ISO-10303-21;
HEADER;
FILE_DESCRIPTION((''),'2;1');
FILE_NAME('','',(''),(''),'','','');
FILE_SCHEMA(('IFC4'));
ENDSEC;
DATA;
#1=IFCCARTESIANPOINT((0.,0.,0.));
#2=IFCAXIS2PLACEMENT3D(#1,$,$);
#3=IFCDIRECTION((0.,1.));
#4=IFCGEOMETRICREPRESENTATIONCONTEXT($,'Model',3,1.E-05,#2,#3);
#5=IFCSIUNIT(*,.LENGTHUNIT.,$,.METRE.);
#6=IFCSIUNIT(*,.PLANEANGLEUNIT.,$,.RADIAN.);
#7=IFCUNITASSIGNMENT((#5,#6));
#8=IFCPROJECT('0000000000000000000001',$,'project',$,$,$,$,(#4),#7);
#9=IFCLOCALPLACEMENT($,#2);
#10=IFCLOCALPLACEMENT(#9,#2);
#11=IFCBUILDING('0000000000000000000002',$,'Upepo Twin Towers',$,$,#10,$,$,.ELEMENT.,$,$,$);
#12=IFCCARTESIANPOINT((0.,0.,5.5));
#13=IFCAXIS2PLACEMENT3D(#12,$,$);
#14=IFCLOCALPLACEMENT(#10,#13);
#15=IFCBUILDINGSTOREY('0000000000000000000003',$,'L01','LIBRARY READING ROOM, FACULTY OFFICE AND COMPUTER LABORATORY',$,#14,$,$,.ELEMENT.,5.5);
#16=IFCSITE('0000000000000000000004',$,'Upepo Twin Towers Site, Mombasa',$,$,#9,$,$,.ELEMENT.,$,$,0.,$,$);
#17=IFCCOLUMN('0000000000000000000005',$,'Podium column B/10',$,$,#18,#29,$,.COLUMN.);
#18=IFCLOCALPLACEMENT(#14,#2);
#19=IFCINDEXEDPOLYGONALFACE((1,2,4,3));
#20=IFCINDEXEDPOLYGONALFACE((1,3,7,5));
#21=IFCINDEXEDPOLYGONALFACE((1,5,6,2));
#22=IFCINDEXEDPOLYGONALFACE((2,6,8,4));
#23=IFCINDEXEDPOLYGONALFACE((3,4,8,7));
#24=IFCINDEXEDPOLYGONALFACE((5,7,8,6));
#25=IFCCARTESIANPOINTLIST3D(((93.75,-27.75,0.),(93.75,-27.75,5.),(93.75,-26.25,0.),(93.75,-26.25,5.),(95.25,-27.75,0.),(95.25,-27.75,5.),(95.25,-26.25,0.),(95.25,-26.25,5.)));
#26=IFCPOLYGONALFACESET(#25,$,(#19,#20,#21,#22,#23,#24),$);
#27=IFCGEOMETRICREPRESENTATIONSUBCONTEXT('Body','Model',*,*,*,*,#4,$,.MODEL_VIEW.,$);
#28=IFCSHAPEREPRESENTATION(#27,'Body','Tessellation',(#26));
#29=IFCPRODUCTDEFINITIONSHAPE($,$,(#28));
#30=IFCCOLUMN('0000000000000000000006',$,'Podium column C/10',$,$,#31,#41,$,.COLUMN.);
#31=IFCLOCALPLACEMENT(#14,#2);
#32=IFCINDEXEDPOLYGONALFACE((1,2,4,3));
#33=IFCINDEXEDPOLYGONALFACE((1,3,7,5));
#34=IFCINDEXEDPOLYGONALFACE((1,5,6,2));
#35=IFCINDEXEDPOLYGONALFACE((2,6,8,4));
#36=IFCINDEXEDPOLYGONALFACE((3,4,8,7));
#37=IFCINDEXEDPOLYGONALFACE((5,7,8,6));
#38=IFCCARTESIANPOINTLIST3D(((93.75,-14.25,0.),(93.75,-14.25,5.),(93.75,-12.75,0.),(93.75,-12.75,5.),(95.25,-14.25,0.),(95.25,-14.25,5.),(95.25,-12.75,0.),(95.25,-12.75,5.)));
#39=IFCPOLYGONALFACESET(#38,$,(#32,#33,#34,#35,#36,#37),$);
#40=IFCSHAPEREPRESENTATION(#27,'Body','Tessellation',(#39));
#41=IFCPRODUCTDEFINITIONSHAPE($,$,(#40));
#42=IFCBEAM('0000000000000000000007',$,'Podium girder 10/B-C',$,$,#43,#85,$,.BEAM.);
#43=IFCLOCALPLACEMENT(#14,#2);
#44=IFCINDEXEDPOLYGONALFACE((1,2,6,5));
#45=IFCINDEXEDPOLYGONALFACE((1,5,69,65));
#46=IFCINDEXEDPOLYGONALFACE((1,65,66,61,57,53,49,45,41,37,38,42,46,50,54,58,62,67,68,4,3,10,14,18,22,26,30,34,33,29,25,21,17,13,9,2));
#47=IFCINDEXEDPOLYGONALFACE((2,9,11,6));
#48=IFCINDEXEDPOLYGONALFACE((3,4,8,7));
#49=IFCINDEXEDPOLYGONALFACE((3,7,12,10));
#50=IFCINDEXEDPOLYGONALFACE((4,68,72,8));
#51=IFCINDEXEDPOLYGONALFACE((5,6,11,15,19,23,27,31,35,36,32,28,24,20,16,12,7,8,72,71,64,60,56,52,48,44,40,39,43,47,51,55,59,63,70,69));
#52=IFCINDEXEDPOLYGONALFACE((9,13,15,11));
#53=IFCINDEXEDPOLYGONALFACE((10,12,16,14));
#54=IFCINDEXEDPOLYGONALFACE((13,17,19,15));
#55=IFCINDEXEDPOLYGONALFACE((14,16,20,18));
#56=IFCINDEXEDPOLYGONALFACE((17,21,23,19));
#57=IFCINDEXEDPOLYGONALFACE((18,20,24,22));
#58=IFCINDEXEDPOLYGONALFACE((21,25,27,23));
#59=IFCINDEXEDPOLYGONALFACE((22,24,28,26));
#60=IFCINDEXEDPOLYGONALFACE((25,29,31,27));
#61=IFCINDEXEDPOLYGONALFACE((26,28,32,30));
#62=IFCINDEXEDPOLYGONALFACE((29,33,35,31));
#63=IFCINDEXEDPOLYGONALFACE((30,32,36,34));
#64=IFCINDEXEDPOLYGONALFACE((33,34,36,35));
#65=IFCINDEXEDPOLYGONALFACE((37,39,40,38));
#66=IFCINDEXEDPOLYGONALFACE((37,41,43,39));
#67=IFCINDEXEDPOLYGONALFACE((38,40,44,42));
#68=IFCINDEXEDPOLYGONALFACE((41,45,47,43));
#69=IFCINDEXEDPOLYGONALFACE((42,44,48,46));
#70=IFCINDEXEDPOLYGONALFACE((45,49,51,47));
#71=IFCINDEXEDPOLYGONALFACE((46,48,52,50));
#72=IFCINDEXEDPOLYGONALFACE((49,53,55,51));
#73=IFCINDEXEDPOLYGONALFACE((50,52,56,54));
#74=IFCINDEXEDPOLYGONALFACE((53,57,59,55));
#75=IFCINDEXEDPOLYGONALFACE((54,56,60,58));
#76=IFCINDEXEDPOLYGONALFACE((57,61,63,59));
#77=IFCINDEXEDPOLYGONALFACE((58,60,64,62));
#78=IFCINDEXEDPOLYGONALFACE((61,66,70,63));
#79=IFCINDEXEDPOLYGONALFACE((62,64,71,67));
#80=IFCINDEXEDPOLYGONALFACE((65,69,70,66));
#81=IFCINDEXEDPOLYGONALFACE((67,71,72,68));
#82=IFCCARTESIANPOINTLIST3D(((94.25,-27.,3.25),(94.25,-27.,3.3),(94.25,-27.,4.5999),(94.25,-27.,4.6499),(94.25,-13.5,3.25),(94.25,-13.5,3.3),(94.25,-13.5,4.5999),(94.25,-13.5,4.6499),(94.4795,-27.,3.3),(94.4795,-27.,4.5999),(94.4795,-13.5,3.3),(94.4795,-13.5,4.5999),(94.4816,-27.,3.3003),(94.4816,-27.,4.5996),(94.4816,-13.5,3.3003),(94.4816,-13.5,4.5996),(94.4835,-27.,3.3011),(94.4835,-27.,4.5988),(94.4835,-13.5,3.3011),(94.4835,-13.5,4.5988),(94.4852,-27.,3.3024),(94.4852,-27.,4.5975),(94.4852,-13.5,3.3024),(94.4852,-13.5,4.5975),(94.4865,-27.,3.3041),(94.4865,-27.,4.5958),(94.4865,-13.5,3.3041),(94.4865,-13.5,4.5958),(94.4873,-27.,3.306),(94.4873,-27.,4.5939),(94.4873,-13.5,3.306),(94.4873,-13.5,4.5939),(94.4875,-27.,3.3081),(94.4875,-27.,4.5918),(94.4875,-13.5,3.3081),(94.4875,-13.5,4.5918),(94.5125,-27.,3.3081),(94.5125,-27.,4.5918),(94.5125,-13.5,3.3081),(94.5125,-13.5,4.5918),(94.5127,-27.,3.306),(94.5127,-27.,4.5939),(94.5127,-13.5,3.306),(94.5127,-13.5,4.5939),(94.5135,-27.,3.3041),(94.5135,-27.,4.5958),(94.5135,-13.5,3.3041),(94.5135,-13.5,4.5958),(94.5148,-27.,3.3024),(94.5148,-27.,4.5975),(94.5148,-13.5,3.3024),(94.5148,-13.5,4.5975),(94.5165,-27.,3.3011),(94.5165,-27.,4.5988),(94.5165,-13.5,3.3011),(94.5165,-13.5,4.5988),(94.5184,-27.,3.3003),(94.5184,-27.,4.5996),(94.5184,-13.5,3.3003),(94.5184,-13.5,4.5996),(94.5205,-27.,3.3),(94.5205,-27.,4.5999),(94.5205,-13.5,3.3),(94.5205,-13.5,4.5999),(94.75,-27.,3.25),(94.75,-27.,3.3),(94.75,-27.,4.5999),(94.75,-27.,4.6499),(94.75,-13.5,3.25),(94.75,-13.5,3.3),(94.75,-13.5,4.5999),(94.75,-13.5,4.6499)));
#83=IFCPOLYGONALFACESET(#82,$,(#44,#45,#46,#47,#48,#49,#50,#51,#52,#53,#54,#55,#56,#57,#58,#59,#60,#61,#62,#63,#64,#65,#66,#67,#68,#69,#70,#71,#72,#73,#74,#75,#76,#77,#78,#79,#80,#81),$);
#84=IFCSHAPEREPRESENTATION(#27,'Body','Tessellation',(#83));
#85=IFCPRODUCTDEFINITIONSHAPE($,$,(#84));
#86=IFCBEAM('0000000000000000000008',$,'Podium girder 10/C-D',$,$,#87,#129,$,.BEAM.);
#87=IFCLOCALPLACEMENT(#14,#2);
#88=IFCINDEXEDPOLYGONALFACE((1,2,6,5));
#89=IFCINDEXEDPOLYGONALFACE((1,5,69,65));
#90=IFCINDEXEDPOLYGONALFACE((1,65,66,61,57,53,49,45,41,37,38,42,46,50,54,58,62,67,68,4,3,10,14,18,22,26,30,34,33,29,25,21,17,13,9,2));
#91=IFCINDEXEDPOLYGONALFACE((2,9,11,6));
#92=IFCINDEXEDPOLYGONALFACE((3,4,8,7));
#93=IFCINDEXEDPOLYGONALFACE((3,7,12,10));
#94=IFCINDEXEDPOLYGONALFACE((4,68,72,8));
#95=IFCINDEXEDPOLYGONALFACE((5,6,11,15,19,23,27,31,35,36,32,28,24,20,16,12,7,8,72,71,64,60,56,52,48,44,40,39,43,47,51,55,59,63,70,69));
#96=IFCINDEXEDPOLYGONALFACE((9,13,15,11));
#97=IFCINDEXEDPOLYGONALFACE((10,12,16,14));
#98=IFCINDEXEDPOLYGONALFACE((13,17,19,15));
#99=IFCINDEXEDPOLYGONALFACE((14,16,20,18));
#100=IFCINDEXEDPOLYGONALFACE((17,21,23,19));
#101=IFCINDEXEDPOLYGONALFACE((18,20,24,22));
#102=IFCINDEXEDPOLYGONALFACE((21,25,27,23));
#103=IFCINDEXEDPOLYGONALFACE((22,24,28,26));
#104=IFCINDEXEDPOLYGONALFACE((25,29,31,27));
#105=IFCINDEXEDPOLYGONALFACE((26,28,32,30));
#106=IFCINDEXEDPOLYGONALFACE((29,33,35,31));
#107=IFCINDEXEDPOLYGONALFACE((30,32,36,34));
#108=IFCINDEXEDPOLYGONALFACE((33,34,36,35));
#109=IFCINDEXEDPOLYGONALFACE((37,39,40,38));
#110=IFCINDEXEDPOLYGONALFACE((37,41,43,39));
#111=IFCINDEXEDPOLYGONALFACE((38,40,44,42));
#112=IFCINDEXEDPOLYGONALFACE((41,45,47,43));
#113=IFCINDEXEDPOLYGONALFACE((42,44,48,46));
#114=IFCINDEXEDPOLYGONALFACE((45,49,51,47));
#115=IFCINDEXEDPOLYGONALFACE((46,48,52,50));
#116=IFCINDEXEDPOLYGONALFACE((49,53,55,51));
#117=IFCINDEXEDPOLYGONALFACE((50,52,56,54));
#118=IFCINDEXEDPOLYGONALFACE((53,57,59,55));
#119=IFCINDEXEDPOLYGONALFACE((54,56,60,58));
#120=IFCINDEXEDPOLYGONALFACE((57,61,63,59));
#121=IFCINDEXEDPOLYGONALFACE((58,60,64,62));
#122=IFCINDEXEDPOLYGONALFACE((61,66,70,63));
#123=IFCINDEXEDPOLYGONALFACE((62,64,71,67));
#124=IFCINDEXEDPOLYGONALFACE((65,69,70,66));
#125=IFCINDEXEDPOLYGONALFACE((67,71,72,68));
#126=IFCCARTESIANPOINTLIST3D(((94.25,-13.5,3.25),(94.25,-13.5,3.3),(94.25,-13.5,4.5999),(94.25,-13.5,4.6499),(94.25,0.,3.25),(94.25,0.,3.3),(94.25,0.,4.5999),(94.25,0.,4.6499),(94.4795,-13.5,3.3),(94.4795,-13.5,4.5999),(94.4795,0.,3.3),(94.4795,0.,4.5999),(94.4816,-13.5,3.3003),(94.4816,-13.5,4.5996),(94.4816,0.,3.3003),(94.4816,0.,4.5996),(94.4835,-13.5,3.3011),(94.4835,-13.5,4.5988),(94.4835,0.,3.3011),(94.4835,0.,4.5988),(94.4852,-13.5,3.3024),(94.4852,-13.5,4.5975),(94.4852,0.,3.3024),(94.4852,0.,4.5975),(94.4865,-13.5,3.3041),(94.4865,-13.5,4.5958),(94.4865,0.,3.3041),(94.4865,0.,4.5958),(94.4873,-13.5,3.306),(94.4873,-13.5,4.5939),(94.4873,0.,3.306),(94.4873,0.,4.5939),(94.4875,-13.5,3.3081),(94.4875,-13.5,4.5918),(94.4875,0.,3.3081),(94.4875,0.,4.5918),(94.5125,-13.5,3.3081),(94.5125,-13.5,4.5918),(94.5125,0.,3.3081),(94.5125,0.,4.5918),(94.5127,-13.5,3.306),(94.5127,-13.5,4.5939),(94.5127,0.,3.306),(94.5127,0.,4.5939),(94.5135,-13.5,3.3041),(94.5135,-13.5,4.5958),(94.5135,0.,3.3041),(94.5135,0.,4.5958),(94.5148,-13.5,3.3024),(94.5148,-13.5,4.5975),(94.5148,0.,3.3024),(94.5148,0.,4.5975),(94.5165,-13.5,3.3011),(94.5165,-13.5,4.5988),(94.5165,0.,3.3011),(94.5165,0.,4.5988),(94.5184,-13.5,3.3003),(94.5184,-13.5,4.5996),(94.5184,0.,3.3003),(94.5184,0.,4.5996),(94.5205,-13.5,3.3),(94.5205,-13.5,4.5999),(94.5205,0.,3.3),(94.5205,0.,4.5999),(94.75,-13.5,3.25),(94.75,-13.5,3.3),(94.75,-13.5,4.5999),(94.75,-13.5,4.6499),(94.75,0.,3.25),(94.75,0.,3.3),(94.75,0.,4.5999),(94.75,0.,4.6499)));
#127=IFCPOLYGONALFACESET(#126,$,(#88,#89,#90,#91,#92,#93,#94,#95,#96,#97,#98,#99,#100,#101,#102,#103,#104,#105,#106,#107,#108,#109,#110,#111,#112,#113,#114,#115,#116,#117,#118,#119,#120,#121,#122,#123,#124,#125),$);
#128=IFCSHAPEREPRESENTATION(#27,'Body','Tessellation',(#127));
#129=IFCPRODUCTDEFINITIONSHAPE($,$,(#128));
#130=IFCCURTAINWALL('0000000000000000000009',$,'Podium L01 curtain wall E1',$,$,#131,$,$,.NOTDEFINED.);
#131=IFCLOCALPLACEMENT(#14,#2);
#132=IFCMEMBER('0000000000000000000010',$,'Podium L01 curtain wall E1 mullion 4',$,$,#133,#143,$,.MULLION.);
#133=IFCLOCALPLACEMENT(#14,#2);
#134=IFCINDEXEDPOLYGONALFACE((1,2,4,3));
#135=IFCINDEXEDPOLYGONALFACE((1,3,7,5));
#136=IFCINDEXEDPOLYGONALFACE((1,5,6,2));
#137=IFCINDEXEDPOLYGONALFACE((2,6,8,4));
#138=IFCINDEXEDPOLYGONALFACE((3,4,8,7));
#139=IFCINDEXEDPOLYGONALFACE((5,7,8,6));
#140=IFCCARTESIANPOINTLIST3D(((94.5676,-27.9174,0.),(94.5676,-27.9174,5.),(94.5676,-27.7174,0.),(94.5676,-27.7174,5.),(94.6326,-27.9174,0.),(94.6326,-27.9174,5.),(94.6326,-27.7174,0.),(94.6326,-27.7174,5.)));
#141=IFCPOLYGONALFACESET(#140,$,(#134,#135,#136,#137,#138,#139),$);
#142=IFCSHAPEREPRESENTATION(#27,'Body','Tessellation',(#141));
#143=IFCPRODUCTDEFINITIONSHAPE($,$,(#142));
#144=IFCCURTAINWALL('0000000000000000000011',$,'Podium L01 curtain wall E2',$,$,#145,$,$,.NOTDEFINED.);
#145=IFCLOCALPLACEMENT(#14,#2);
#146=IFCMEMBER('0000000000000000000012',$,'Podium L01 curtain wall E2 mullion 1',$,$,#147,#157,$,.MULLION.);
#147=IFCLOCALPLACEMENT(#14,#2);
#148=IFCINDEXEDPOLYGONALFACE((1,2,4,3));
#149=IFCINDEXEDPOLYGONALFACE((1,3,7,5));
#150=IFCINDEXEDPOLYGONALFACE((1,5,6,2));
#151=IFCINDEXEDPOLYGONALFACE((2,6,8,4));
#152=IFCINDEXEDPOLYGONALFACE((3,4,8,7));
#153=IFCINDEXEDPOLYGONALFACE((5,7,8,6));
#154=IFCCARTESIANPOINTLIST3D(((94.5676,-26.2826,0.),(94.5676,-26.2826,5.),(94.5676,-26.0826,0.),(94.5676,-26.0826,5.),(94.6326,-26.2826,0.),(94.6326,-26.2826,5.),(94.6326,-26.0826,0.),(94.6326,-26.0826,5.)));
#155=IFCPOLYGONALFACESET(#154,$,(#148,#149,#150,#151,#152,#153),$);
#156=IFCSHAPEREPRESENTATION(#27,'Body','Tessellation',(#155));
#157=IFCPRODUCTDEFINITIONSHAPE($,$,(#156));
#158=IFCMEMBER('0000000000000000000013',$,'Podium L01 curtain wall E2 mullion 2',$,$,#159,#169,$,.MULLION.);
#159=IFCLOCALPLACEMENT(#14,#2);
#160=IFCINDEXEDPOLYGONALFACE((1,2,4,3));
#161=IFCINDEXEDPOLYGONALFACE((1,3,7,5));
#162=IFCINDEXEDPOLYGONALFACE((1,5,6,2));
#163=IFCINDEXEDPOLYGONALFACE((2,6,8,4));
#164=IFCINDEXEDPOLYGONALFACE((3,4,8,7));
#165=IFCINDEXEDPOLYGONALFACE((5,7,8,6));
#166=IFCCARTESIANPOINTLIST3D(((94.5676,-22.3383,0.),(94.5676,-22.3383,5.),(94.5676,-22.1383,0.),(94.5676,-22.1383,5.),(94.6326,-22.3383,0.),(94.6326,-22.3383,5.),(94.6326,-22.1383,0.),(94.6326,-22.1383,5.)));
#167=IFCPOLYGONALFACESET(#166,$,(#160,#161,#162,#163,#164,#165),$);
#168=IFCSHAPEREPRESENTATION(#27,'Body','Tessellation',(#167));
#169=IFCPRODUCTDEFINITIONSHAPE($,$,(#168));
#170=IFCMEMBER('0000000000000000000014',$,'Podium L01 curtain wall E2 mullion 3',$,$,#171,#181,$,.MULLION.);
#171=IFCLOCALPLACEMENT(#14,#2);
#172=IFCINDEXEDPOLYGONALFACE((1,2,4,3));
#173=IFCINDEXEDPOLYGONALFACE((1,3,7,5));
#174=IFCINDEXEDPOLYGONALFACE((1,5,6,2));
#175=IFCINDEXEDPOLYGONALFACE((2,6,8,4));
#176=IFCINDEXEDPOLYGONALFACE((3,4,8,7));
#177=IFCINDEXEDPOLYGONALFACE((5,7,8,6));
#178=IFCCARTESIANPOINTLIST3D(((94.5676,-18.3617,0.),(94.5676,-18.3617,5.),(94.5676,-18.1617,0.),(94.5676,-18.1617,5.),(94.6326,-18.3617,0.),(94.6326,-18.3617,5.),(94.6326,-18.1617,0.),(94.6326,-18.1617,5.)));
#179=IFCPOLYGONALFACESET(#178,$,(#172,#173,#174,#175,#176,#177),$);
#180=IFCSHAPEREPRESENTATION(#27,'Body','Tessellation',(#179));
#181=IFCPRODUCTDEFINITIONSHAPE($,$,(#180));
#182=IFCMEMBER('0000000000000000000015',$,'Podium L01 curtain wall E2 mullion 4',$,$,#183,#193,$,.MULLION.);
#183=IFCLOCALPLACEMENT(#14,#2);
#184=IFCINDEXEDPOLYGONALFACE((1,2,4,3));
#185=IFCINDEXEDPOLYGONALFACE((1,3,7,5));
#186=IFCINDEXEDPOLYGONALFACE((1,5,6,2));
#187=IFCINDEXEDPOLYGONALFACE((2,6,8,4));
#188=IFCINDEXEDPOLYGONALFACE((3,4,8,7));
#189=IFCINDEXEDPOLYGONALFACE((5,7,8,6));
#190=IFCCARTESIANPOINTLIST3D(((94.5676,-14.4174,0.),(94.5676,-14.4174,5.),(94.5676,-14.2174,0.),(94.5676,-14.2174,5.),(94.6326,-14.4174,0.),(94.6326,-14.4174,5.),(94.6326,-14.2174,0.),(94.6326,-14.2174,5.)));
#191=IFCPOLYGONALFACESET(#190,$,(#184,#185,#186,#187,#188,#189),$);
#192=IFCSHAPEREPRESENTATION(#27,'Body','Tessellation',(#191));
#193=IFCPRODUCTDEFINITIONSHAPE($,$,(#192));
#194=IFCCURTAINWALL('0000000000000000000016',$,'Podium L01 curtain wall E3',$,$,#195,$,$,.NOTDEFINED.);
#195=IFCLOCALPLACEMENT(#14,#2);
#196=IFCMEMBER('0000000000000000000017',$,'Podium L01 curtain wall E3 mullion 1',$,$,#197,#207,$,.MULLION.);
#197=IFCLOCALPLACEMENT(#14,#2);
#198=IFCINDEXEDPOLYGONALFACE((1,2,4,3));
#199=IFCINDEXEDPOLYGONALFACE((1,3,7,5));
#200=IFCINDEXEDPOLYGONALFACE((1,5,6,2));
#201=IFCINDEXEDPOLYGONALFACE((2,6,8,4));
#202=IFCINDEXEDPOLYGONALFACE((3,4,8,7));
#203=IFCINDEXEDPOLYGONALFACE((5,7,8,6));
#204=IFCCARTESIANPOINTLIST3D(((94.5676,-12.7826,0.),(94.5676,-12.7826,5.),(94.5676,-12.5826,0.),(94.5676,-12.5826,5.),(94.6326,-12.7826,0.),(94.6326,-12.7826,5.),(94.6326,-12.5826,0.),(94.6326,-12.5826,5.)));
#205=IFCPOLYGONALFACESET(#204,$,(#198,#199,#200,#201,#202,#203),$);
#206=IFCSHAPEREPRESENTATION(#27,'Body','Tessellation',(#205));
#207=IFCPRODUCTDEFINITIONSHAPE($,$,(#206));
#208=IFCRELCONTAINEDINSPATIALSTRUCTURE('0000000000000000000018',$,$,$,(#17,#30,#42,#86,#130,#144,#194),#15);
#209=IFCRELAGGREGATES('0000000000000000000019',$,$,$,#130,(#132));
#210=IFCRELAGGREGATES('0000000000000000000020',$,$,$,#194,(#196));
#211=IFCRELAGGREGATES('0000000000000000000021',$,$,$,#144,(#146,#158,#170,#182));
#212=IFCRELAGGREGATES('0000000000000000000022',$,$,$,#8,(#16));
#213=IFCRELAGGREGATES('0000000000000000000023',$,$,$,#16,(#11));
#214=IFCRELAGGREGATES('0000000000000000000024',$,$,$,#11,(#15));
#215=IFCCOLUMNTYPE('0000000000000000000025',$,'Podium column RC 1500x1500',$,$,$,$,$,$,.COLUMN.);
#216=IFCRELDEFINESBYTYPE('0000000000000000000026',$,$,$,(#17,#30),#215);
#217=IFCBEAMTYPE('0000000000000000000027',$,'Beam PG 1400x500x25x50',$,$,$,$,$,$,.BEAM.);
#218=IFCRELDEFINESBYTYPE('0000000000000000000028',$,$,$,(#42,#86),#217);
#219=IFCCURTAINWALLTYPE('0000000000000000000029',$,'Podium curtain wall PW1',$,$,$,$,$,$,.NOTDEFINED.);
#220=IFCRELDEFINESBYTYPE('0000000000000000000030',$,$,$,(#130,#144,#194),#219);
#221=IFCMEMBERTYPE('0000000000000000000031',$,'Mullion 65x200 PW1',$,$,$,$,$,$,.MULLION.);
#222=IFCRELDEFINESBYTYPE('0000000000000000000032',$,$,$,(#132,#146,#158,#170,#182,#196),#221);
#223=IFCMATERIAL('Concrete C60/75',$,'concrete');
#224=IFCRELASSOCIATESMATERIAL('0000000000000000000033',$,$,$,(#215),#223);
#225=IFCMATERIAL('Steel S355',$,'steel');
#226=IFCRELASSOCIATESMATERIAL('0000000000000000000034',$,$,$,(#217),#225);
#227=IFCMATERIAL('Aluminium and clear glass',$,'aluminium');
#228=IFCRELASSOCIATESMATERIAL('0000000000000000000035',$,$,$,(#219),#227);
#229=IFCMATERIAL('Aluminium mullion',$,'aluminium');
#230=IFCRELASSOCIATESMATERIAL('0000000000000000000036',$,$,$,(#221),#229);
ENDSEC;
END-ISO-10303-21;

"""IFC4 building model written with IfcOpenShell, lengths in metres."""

from ifc_helpers import new_model, si_unit, direction, frame, origin, origin_2d, place, context, subcontext, project, spatial, rectangle, i_section, extrude, material, material_profile, profile_set, type_object, element, aggregate, save


model = new_model("IFC4")

# Units and contexts
model_context = context("Model", 3, precision=1e-05, world=origin(), true_north=direction((0.0, 1.0)))
body_context = subcontext(model_context, "Body", "Model", "MODEL_VIEW")
ifc_project = project(units=[si_unit("LENGTHUNIT", "METRE"), si_unit("PLANEANGLEUNIT", "RADIAN")], contexts=[model_context])

# Site, building, storey
site_placement = place(None, origin())
site = spatial("IfcSite", under=ifc_project, at=site_placement, Name="Upepo Twin Towers Site, Mombasa", CompositionType="ELEMENT", RefElevation=0.0)
building_placement = place(site_placement, origin())
building = spatial("IfcBuilding", under=site, at=building_placement, Name="Upepo Twin Towers", CompositionType="ELEMENT")
storey_placement = place(building_placement, frame((0.0, 0.0, 5.5)))
storey = spatial("IfcBuildingStorey", under=building, at=storey_placement, Name="L01", Description="LIBRARY READING ROOM, FACULTY OFFICE AND COMPUTER LABORATORY", CompositionType="ELEMENT", Elevation=5.5)

# Columns
ifc_material_1 = material(Name="Concrete C60/75", Category="concrete")
ifc_material_profile_1 = material_profile(ifc_material_1, rectangle(XDim=1.5, YDim=1.5, at=origin_2d()), Name="RC 1500x1500")
ifc_profile_set_1 = profile_set([ifc_material_profile_1], Name="Concrete C60/75")
column_type = type_object("IfcColumnType", Name="Podium column RC 1500x1500", PredefinedType="COLUMN", material=ifc_profile_set_1)
for number, where, z_axis, x_axis, name in (
    (1, (94.5, -27.0, 0.0), (0.0, 0.0, 1.0), (1.0, 0.0, 0.0), "Podium column B/10"),
    (2, (94.5, -13.5, 0.0), (0.0, 0.0, 1.0), (1.0, 0.0, 0.0), "Podium column C/10"),
):
    element("IfcColumn", number, at=place(storey_placement, frame(where, z_axis=z_axis, x_axis=x_axis)), inside=storey, type_object=column_type, Name=name, PredefinedType="COLUMN", context=body_context, shape_type="SweptSolid", body=[
        extrude(rectangle(XDim=1.5, YDim=1.5, at=origin_2d()), origin(), (0.0, 0.0, 1.0), 5.0),
    ])

# Beams
ifc_material_2 = material(Name="Steel S355", Category="steel")
ifc_material_profile_2 = material_profile(ifc_material_2, i_section(OverallWidth=0.5, OverallDepth=1.3999, WebThickness=0.0249, FlangeThickness=0.05, FilletRadius=0.0081, at=origin_2d()), Name="PG 1400x500x25x50")
ifc_profile_set_2 = profile_set([ifc_material_profile_2], Name="Steel S355")
beam_type_1 = type_object("IfcBeamType", Name="Beam PG 1400x500x25x50", PredefinedType="BEAM", material=ifc_profile_set_2)
for number, where, z_axis, x_axis, name in (
    (3, (94.5, -27.0, 3.95), (0.0, 1.0, 0.0), (-1.0, 0.0, 0.0), "Podium girder 10/B-C"),
    (4, (94.5, -13.5, 3.95), (0.0, 1.0, 0.0), (-1.0, 0.0, 0.0), "Podium girder 10/C-D"),
):
    element("IfcBeam", number, at=place(storey_placement, frame(where, z_axis=z_axis, x_axis=x_axis)), inside=storey, type_object=beam_type_1, Name=name, PredefinedType="BEAM", context=body_context, shape_type="SweptSolid", body=[
        extrude(i_section(OverallWidth=0.5, OverallDepth=1.3999, WebThickness=0.0249, FlangeThickness=0.05, FilletRadius=0.0081, at=origin_2d()), origin(), (0.0, 0.0, 1.0), 13.5),
    ])

# Curtain wall, member
ifc_material_3 = material(Name="Aluminium and clear glass", Category="aluminium")
curtain_wall_type = type_object("IfcCurtainWallType", Name="Podium curtain wall PW1", PredefinedType="NOTDEFINED", material=ifc_material_3)
curtain_wall_1_placement = place(storey_placement, origin())
curtain_wall_1 = element("IfcCurtainWall", 5, at=curtain_wall_1_placement, inside=storey, type_object=curtain_wall_type, Name="Podium L01 curtain wall E1", PredefinedType="NOTDEFINED")
ifc_material_4 = material(Name="Aluminium mullion", Category="aluminium")
ifc_material_profile_3 = material_profile(ifc_material_4, rectangle(XDim=0.0649, YDim=0.2, at=origin_2d()), Name="MULLION 65x200 PODIUM")
ifc_profile_set_3 = profile_set([ifc_material_profile_3], Name="Aluminium mullion")
member_type_1 = type_object("IfcMemberType", Name="Mullion 65x200 PW1", PredefinedType="MULLION", material=ifc_profile_set_3)
member_1_placement = place(storey_placement, frame((94.6001, -27.8174, 0.0), z_axis=(0.0, 0.0, 1.0), x_axis=(-1.0, 0.0, 0.0)))
member_1 = element("IfcMember", 6, at=member_1_placement, type_object=member_type_1, Name="Podium L01 curtain wall E1 mullion 4", PredefinedType="MULLION", context=body_context, shape_type="SweptSolid", body=[
    extrude(rectangle(XDim=0.0649, YDim=0.2, at=origin_2d()), origin(), (0.0, 0.0, 1.0), 5.0),
])
aggregate(curtain_wall_1, [member_1])

# Curtain walls, members
curtain_wall_2_placement = place(storey_placement, origin())
curtain_wall_2 = element("IfcCurtainWall", 7, at=curtain_wall_2_placement, inside=storey, type_object=curtain_wall_type, Name="Podium L01 curtain wall E2", PredefinedType="NOTDEFINED")
member_2_placement = place(storey_placement, frame((94.6001, -26.1826, 0.0), z_axis=(0.0, 0.0, 1.0), x_axis=(-1.0, 0.0, 0.0)))
member_2 = element("IfcMember", 8, at=member_2_placement, type_object=member_type_1, Name="Podium L01 curtain wall E2 mullion 1", PredefinedType="MULLION", context=body_context, shape_type="SweptSolid", body=[
    extrude(rectangle(XDim=0.0649, YDim=0.2, at=origin_2d()), origin(), (0.0, 0.0, 1.0), 5.0),
])
member_3_placement = place(storey_placement, frame((94.6001, -22.2383, 0.0), z_axis=(0.0, 0.0, 1.0), x_axis=(-1.0, 0.0, 0.0)))
member_3 = element("IfcMember", 9, at=member_3_placement, type_object=member_type_1, Name="Podium L01 curtain wall E2 mullion 2", PredefinedType="MULLION", context=body_context, shape_type="SweptSolid", body=[
    extrude(rectangle(XDim=0.0649, YDim=0.2, at=origin_2d()), origin(), (0.0, 0.0, 1.0), 5.0),
])
member_4_placement = place(storey_placement, frame((94.6001, -18.2617, 0.0), z_axis=(0.0, 0.0, 1.0), x_axis=(-1.0, 0.0, 0.0)))
member_4 = element("IfcMember", 10, at=member_4_placement, type_object=member_type_1, Name="Podium L01 curtain wall E2 mullion 3", PredefinedType="MULLION", context=body_context, shape_type="SweptSolid", body=[
    extrude(rectangle(XDim=0.0649, YDim=0.2, at=origin_2d()), origin(), (0.0, 0.0, 1.0), 5.0),
])
member_5_placement = place(storey_placement, frame((94.6001, -14.3174, 0.0), z_axis=(0.0, 0.0, 1.0), x_axis=(-1.0, 0.0, 0.0)))
member_5 = element("IfcMember", 11, at=member_5_placement, type_object=member_type_1, Name="Podium L01 curtain wall E2 mullion 4", PredefinedType="MULLION", context=body_context, shape_type="SweptSolid", body=[
    extrude(rectangle(XDim=0.0649, YDim=0.2, at=origin_2d()), origin(), (0.0, 0.0, 1.0), 5.0),
])
curtain_wall_3_placement = place(storey_placement, origin())
curtain_wall_3 = element("IfcCurtainWall", 12, at=curtain_wall_3_placement, inside=storey, type_object=curtain_wall_type, Name="Podium L01 curtain wall E3", PredefinedType="NOTDEFINED")
member_6_placement = place(storey_placement, frame((94.6001, -12.6826, 0.0), z_axis=(0.0, 0.0, 1.0), x_axis=(-1.0, 0.0, 0.0)))
member_6 = element("IfcMember", 13, at=member_6_placement, type_object=member_type_1, Name="Podium L01 curtain wall E3 mullion 1", PredefinedType="MULLION", context=body_context, shape_type="SweptSolid", body=[
    extrude(rectangle(XDim=0.0649, YDim=0.2, at=origin_2d()), origin(), (0.0, 0.0, 1.0), 5.0),
])

aggregate(curtain_wall_3, [member_6])
aggregate(curtain_wall_2, [member_2, member_3, member_4, member_5])

save(model, "model.ifc")
